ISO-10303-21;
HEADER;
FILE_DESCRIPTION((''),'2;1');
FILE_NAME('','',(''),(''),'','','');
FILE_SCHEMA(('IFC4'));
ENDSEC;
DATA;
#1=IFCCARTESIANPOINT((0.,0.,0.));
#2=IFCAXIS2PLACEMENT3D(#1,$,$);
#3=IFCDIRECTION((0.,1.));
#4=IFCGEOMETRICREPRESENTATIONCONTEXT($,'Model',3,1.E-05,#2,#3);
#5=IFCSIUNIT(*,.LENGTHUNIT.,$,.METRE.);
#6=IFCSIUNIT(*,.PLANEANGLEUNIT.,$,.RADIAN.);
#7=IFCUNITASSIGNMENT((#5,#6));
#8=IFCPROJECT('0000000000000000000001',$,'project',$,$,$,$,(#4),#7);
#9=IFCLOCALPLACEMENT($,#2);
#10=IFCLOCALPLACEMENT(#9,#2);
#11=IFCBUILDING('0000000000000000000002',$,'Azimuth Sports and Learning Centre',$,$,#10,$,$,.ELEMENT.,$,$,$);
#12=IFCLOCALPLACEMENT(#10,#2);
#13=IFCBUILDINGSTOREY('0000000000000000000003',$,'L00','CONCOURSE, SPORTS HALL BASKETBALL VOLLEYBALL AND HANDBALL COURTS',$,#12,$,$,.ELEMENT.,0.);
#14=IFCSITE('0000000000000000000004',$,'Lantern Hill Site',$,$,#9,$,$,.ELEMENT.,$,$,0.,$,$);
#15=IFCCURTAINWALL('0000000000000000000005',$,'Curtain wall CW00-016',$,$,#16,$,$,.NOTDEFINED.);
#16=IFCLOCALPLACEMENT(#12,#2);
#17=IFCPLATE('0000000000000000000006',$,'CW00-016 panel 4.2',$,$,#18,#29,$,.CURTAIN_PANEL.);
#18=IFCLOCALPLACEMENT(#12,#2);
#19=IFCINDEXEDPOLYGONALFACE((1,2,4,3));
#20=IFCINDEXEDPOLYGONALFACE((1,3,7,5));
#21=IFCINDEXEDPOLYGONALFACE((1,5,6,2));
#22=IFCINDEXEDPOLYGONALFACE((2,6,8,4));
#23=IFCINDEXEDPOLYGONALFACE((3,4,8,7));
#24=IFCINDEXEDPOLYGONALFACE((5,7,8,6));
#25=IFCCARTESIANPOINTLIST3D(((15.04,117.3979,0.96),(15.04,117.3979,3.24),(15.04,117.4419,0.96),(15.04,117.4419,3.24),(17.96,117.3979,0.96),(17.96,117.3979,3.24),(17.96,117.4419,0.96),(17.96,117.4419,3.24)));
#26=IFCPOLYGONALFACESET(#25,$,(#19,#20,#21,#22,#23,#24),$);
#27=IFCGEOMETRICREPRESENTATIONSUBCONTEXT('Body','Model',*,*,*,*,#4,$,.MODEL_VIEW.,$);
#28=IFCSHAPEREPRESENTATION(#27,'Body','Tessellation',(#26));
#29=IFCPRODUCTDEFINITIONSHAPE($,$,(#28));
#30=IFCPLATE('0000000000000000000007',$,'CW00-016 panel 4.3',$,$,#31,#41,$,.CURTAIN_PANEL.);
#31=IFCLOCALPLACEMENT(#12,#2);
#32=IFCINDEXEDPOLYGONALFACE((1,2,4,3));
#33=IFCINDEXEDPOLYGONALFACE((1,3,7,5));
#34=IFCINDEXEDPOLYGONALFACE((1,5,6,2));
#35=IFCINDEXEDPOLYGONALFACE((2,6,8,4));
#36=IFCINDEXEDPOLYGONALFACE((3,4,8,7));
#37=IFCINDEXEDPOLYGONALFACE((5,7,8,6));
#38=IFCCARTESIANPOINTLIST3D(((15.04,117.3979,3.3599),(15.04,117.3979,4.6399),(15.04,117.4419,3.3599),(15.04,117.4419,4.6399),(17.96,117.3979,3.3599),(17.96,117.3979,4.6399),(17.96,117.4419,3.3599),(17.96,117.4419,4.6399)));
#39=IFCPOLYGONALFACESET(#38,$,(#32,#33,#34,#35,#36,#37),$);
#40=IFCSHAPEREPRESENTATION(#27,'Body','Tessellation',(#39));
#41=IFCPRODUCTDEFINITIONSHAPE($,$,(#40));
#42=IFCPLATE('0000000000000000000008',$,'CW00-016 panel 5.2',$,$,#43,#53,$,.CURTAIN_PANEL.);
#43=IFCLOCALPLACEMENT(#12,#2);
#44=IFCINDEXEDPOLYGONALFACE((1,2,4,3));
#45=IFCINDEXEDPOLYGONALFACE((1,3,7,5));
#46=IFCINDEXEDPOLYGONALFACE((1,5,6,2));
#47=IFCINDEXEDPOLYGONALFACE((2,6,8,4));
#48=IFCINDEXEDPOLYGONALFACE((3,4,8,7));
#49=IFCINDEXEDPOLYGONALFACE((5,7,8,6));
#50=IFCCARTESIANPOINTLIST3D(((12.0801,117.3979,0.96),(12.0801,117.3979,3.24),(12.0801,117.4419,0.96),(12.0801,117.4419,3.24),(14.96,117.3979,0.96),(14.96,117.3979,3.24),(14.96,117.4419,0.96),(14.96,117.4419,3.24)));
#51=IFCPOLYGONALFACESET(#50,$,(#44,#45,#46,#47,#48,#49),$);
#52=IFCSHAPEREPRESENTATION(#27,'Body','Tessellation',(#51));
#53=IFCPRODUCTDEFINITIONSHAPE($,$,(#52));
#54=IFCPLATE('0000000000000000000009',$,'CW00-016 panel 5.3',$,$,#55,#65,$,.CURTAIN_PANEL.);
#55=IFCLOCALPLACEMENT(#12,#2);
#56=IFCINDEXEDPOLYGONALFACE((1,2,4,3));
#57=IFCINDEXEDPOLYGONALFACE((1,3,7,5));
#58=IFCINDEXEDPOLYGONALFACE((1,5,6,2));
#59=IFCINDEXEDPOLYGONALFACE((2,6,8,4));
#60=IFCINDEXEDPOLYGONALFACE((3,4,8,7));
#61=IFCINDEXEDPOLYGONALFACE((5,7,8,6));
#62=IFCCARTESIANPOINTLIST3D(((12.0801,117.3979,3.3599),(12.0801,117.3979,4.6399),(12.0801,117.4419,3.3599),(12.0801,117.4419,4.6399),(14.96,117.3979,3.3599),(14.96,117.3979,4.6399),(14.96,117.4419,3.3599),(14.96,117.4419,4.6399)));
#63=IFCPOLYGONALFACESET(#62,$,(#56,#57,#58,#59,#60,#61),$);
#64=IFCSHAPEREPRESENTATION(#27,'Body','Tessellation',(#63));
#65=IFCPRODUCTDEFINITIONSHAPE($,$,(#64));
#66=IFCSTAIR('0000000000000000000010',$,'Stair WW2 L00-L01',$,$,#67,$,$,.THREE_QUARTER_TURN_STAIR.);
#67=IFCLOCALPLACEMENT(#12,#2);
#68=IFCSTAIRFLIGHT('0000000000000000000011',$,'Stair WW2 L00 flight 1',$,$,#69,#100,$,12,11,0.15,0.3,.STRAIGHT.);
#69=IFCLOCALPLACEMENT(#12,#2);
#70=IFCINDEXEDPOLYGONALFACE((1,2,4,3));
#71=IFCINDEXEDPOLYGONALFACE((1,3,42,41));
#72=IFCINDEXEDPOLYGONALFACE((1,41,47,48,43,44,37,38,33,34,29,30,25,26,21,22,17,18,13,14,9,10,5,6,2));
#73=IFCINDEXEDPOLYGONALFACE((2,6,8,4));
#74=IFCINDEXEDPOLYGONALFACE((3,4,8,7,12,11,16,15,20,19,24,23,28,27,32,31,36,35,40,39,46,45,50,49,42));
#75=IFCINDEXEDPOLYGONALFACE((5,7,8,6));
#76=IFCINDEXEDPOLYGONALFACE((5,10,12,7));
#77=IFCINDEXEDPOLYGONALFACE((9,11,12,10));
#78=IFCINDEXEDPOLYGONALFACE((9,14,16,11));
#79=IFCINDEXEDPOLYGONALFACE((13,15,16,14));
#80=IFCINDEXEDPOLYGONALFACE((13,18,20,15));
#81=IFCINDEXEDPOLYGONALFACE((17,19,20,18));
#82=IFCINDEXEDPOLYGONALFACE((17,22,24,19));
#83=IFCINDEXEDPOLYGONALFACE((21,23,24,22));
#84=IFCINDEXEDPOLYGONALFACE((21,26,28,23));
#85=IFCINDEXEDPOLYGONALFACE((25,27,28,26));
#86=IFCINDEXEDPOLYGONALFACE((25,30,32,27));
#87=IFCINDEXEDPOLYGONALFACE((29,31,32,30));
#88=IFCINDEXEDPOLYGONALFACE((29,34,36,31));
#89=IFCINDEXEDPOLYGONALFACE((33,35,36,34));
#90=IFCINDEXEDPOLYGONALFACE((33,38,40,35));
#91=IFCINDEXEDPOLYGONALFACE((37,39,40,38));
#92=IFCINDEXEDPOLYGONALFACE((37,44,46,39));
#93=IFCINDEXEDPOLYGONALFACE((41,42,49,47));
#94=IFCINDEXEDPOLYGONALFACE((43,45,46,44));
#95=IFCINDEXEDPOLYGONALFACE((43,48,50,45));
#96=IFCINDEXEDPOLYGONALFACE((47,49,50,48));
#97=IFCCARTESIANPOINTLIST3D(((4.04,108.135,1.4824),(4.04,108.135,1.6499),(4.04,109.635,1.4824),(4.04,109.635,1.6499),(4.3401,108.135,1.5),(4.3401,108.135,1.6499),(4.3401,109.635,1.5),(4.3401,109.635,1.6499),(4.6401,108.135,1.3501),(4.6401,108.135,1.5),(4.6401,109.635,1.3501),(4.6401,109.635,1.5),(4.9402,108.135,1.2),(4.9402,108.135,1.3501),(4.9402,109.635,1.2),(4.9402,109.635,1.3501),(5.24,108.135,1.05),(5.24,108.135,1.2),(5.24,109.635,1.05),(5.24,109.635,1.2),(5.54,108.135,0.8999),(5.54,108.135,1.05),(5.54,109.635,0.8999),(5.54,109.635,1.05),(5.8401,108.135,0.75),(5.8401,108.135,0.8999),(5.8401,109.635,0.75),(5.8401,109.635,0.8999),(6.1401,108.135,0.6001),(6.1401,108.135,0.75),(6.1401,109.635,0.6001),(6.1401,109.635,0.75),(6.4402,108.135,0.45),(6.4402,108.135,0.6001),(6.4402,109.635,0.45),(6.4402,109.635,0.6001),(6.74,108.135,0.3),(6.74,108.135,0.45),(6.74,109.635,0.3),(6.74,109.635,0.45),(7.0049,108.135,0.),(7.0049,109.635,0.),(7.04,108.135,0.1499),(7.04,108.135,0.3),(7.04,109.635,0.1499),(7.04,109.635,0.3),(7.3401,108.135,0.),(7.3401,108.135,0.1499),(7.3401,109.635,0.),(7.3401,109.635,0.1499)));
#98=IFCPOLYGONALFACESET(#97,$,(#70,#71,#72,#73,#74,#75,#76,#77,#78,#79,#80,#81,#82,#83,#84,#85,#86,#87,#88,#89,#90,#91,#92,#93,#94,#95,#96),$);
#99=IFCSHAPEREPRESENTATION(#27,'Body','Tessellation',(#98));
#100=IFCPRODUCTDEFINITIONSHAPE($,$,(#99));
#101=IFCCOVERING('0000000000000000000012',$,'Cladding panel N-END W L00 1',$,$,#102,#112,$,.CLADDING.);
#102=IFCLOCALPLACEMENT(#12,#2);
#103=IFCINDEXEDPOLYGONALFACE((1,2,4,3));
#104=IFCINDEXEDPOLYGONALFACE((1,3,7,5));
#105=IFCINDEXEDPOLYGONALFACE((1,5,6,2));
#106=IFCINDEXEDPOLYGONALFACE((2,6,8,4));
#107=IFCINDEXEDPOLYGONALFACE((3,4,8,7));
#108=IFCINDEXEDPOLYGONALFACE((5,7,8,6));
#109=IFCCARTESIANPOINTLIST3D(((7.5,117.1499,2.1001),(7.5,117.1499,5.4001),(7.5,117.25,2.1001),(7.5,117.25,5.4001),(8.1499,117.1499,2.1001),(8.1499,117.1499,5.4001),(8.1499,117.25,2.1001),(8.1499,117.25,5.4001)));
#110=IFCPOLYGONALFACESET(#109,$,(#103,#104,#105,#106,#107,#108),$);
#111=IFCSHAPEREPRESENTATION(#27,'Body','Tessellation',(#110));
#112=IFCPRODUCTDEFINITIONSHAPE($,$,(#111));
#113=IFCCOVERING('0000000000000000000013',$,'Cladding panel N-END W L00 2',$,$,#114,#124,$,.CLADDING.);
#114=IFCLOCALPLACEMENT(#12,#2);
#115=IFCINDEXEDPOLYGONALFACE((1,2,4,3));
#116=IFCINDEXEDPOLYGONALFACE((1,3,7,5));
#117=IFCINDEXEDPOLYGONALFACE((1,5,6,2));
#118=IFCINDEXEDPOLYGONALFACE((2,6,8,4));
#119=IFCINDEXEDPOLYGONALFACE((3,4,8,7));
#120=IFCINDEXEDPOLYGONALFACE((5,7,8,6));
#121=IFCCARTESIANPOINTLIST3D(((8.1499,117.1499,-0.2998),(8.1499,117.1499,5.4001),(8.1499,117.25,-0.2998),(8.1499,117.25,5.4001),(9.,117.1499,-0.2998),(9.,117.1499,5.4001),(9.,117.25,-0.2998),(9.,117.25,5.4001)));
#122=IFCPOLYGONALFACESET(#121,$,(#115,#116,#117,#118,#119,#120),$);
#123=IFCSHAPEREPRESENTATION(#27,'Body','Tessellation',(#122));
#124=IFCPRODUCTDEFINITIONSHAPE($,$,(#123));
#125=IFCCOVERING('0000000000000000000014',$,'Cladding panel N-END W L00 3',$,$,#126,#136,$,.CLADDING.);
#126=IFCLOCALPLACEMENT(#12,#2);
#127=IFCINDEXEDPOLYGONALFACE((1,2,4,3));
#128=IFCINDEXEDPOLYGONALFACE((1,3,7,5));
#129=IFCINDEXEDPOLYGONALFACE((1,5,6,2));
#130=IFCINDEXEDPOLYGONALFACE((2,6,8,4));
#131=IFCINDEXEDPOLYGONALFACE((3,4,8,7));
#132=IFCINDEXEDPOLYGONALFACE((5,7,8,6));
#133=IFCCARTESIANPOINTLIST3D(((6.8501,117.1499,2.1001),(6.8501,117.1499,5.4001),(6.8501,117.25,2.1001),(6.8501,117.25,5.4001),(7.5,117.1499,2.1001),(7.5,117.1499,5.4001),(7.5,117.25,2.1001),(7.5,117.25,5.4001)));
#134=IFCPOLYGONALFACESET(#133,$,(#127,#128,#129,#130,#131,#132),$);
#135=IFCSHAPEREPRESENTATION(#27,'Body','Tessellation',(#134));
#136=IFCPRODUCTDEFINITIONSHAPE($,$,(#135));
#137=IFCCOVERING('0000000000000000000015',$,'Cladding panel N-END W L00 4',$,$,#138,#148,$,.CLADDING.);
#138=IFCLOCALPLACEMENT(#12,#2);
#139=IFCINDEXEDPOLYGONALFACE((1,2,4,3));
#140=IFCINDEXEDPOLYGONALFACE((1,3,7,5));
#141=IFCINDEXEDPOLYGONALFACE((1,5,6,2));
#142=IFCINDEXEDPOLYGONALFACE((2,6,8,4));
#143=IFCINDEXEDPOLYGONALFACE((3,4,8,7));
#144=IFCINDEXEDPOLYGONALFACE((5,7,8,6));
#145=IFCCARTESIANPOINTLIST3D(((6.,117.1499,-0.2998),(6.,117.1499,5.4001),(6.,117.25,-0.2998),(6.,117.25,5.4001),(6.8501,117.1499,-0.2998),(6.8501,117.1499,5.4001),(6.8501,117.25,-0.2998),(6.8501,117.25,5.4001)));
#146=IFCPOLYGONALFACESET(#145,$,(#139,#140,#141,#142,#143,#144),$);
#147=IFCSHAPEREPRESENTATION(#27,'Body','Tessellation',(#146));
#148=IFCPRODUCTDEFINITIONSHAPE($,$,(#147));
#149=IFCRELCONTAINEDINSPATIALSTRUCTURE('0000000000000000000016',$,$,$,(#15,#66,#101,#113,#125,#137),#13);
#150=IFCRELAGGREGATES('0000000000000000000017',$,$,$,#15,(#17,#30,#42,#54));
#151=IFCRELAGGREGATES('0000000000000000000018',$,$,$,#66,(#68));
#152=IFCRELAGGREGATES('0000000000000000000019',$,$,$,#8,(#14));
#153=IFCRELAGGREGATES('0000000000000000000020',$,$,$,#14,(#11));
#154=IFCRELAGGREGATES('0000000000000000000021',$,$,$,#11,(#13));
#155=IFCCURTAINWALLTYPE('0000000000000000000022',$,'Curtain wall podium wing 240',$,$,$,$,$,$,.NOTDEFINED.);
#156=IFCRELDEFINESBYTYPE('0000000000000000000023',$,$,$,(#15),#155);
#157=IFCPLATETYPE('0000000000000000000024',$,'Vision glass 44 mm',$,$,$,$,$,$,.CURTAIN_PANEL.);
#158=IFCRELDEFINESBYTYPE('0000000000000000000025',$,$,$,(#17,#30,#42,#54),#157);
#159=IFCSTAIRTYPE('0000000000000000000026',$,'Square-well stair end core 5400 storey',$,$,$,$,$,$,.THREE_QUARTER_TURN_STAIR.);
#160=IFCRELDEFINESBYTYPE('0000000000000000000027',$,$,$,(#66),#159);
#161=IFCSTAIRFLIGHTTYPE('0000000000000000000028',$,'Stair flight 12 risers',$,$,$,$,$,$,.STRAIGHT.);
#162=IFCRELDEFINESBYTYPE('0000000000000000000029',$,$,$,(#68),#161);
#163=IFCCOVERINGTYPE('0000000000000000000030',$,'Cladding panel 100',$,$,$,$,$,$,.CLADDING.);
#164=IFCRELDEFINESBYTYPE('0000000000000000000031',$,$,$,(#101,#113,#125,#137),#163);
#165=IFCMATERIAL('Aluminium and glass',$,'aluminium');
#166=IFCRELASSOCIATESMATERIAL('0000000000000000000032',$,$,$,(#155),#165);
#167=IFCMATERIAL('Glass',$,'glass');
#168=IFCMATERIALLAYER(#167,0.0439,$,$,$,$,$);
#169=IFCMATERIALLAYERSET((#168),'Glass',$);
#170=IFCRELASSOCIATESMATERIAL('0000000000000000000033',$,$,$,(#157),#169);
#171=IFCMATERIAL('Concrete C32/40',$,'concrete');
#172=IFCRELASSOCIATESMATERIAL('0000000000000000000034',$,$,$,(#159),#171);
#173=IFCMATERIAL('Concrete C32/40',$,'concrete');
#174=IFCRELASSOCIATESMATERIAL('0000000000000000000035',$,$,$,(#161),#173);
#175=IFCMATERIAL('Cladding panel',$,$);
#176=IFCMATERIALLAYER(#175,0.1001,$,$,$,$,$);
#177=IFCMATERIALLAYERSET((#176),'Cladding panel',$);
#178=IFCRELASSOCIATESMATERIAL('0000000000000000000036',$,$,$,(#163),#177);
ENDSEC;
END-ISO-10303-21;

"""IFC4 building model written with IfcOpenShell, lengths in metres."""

from ifc_helpers import new_model, si_unit, direction, frame, origin, origin_2d, place, context, subcontext, project, spatial, polyline, rectangle, outline, extrude, material, layer, layer_set, type_object, element, aggregate, save


model = new_model("IFC4")

# Units and contexts
model_context = context("Model", 3, precision=1e-05, world=origin(), true_north=direction((0.0, 1.0)))
body_context = subcontext(model_context, "Body", "Model", "MODEL_VIEW")
ifc_project = project(units=[si_unit("LENGTHUNIT", "METRE"), si_unit("PLANEANGLEUNIT", "RADIAN")], contexts=[model_context])

# Site, building, storey
site_placement = place(None, origin())
site = spatial("IfcSite", under=ifc_project, at=site_placement, Name="Lantern Hill Site", CompositionType="ELEMENT", RefElevation=0.0)
building_placement = place(site_placement, origin())
building = spatial("IfcBuilding", under=site, at=building_placement, Name="Azimuth Sports and Learning Centre", CompositionType="ELEMENT")
storey_placement = place(building_placement, origin())
storey = spatial("IfcBuildingStorey", under=building, at=storey_placement, Name="L00", Description="CONCOURSE, SPORTS HALL BASKETBALL VOLLEYBALL AND HANDBALL COURTS", CompositionType="ELEMENT", Elevation=0.0)

# Curtain wall, plates
ifc_material_1 = material(Name="Aluminium and glass", Category="aluminium")
curtain_wall_type = type_object("IfcCurtainWallType", Name="Curtain wall podium wing 240", PredefinedType="NOTDEFINED", material=ifc_material_1)
curtain_wall_placement = place(storey_placement, origin())
curtain_wall = element("IfcCurtainWall", 1, at=curtain_wall_placement, inside=storey, type_object=curtain_wall_type, Name="Curtain wall CW00-016", PredefinedType="NOTDEFINED")
ifc_material_2 = material(Name="Glass", Category="glass")
ifc_layer_1 = layer(ifc_material_2, 0.0439)
ifc_layer_set_1 = layer_set([ifc_layer_1], Name="Glass")
plate_type_1 = type_object("IfcPlateType", Name="Vision glass 44 mm", PredefinedType="CURTAIN_PANEL", material=ifc_layer_set_1)
plate_1_placement = place(storey_placement, frame((16.5, 117.4199, 0.96), z_axis=(0.0, 0.0, 1.0), x_axis=(-1.0, 0.0, 0.0)))
plate_1 = element("IfcPlate", 2, at=plate_1_placement, type_object=plate_type_1, Name="CW00-016 panel 4.2", PredefinedType="CURTAIN_PANEL", context=body_context, shape_type="SweptSolid", body=[
    extrude(rectangle(XDim=2.9199, YDim=0.0439, at=origin_2d()), origin(), (0.0, 0.0, 1.0), 2.28),
])
plate_2_placement = place(storey_placement, frame((16.5, 117.4199, 3.3599), z_axis=(0.0, 0.0, 1.0), x_axis=(-1.0, 0.0, 0.0)))
plate_2 = element("IfcPlate", 3, at=plate_2_placement, type_object=plate_type_1, Name="CW00-016 panel 4.3", PredefinedType="CURTAIN_PANEL", context=body_context, shape_type="SweptSolid", body=[
    extrude(rectangle(XDim=2.9199, YDim=0.0439, at=origin_2d()), origin(), (0.0, 0.0, 1.0), 1.28),
])
plate_3_placement = place(storey_placement, frame((13.52, 117.4199, 0.96), z_axis=(0.0, 0.0, 1.0), x_axis=(-1.0, 0.0, 0.0)))
plate_3 = element("IfcPlate", 4, at=plate_3_placement, type_object=plate_type_1, Name="CW00-016 panel 5.2", PredefinedType="CURTAIN_PANEL", context=body_context, shape_type="SweptSolid", body=[
    extrude(rectangle(XDim=2.8799, YDim=0.0439, at=origin_2d()), origin(), (0.0, 0.0, 1.0), 2.28),
])
plate_4_placement = place(storey_placement, frame((13.52, 117.4199, 3.3599), z_axis=(0.0, 0.0, 1.0), x_axis=(-1.0, 0.0, 0.0)))
plate_4 = element("IfcPlate", 5, at=plate_4_placement, type_object=plate_type_1, Name="CW00-016 panel 5.3", PredefinedType="CURTAIN_PANEL", context=body_context, shape_type="SweptSolid", body=[
    extrude(rectangle(XDim=2.8799, YDim=0.0439, at=origin_2d()), origin(), (0.0, 0.0, 1.0), 1.28),
])
aggregate(curtain_wall, [plate_1, plate_2, plate_3, plate_4])

# Stair, stair flight
ifc_material_3 = material(Name="Concrete C32/40", Category="concrete")
stair_type = type_object("IfcStairType", Name="Square-well stair end core 5400 storey", PredefinedType="THREE_QUARTER_TURN_STAIR", material=ifc_material_3)
stair_placement = place(storey_placement, origin())
stair = element("IfcStair", 6, at=stair_placement, inside=storey, type_object=stair_type, Name="Stair WW2 L00-L01", PredefinedType="THREE_QUARTER_TURN_STAIR")
ifc_material_4 = material(Name="Concrete C32/40", Category="concrete")
stair_flight_type = type_object("IfcStairFlightType", Name="Stair flight 12 risers", PredefinedType="STRAIGHT", material=ifc_material_4)
stair_flight_placement = place(storey_placement, frame((7.3401, 108.885, 0.0), z_axis=(0.0, 0.0, 1.0), x_axis=(-1.0, 0.0, 0.0)))
stair_flight = element("IfcStairFlight", 7, at=stair_flight_placement, type_object=stair_flight_type, Name="Stair WW2 L00 flight 1", NumberOfRisers=12, NumberOfTreads=11, PredefinedType="STRAIGHT", RiserHeight=0.15, TreadLength=0.3, context=body_context, shape_type="SweptSolid", body=[
    extrude(outline(polyline([(0.0, 0.0), (0.0, 0.1499), (0.3, 0.1499), (0.3, 0.3), (0.6001, 0.3), (0.6001, 0.45), (0.8999, 0.45), (0.8999, 0.6001), (1.2, 0.6001), (1.2, 0.75), (1.5, 0.75), (1.5, 0.8999), (1.8, 0.8999), (1.8, 1.05), (2.1001, 1.05), (2.1001, 1.2), (2.3999, 1.2), (2.3999, 1.3501), (2.7, 1.3501), (2.7, 1.5), (3.0, 1.5), (3.0, 1.6499), (3.3, 1.6499), (3.3, 1.8), (3.3, 1.4824), (0.3352, 0.0), (0.0, 0.0)])), frame((0.0, 0.75, 0.0), z_axis=(0.0, -1.0, 0.0), x_axis=(1.0, 0.0, 0.0)), (0.0, 0.0, 1.0), 1.5),
])
aggregate(stair, [stair_flight])

# Coverings
ifc_material_5 = material(Name="Cladding panel")
ifc_layer_2 = layer(ifc_material_5, 0.1001)
ifc_layer_set_2 = layer_set([ifc_layer_2], Name="Cladding panel")
covering_type = type_object("IfcCoveringType", Name="Cladding panel 100", PredefinedType="CLADDING", material=ifc_layer_set_2)
covering_1_placement = place(storey_placement, frame((7.825, 117.2, 2.1001), z_axis=(0.0, 0.0, 1.0), x_axis=(-1.0, 0.0, 0.0)))
element("IfcCovering", 8, at=covering_1_placement, inside=storey, type_object=covering_type, Name="Cladding panel N-END W L00 1", PredefinedType="CLADDING", context=body_context, shape_type="SweptSolid", body=[
    extrude(rectangle(XDim=0.6499, YDim=0.1001, at=origin_2d()), origin(), (0.0, 0.0, 1.0), 3.3),
])
covering_2_placement = place(storey_placement, frame((8.575, 117.2, -0.2998), z_axis=(0.0, 0.0, 1.0), x_axis=(-1.0, 0.0, 0.0)))
element("IfcCovering", 9, at=covering_2_placement, inside=storey, type_object=covering_type, Name="Cladding panel N-END W L00 2", PredefinedType="CLADDING", context=body_context, shape_type="SweptSolid", body=[
    extrude(rectangle(XDim=0.8501, YDim=0.1001, at=origin_2d()), origin(), (0.0, 0.0, 1.0), 5.7),
])
covering_3_placement = place(storey_placement, frame((7.175, 117.2, 2.1001), z_axis=(0.0, 0.0, 1.0), x_axis=(-1.0, 0.0, 0.0)))
element("IfcCovering", 10, at=covering_3_placement, inside=storey, type_object=covering_type, Name="Cladding panel N-END W L00 3", PredefinedType="CLADDING", context=body_context, shape_type="SweptSolid", body=[
    extrude(rectangle(XDim=0.6499, YDim=0.1001, at=origin_2d()), origin(), (0.0, 0.0, 1.0), 3.3),
])
covering_4_placement = place(storey_placement, frame((6.425, 117.2, -0.2998), z_axis=(0.0, 0.0, 1.0), x_axis=(-1.0, 0.0, 0.0)))
element("IfcCovering", 11, at=covering_4_placement, inside=storey, type_object=covering_type, Name="Cladding panel N-END W L00 4", PredefinedType="CLADDING", context=body_context, shape_type="SweptSolid", body=[
    extrude(rectangle(XDim=0.8501, YDim=0.1001, at=origin_2d()), origin(), (0.0, 0.0, 1.0), 5.7),
])

save(model, "model.ifc")
